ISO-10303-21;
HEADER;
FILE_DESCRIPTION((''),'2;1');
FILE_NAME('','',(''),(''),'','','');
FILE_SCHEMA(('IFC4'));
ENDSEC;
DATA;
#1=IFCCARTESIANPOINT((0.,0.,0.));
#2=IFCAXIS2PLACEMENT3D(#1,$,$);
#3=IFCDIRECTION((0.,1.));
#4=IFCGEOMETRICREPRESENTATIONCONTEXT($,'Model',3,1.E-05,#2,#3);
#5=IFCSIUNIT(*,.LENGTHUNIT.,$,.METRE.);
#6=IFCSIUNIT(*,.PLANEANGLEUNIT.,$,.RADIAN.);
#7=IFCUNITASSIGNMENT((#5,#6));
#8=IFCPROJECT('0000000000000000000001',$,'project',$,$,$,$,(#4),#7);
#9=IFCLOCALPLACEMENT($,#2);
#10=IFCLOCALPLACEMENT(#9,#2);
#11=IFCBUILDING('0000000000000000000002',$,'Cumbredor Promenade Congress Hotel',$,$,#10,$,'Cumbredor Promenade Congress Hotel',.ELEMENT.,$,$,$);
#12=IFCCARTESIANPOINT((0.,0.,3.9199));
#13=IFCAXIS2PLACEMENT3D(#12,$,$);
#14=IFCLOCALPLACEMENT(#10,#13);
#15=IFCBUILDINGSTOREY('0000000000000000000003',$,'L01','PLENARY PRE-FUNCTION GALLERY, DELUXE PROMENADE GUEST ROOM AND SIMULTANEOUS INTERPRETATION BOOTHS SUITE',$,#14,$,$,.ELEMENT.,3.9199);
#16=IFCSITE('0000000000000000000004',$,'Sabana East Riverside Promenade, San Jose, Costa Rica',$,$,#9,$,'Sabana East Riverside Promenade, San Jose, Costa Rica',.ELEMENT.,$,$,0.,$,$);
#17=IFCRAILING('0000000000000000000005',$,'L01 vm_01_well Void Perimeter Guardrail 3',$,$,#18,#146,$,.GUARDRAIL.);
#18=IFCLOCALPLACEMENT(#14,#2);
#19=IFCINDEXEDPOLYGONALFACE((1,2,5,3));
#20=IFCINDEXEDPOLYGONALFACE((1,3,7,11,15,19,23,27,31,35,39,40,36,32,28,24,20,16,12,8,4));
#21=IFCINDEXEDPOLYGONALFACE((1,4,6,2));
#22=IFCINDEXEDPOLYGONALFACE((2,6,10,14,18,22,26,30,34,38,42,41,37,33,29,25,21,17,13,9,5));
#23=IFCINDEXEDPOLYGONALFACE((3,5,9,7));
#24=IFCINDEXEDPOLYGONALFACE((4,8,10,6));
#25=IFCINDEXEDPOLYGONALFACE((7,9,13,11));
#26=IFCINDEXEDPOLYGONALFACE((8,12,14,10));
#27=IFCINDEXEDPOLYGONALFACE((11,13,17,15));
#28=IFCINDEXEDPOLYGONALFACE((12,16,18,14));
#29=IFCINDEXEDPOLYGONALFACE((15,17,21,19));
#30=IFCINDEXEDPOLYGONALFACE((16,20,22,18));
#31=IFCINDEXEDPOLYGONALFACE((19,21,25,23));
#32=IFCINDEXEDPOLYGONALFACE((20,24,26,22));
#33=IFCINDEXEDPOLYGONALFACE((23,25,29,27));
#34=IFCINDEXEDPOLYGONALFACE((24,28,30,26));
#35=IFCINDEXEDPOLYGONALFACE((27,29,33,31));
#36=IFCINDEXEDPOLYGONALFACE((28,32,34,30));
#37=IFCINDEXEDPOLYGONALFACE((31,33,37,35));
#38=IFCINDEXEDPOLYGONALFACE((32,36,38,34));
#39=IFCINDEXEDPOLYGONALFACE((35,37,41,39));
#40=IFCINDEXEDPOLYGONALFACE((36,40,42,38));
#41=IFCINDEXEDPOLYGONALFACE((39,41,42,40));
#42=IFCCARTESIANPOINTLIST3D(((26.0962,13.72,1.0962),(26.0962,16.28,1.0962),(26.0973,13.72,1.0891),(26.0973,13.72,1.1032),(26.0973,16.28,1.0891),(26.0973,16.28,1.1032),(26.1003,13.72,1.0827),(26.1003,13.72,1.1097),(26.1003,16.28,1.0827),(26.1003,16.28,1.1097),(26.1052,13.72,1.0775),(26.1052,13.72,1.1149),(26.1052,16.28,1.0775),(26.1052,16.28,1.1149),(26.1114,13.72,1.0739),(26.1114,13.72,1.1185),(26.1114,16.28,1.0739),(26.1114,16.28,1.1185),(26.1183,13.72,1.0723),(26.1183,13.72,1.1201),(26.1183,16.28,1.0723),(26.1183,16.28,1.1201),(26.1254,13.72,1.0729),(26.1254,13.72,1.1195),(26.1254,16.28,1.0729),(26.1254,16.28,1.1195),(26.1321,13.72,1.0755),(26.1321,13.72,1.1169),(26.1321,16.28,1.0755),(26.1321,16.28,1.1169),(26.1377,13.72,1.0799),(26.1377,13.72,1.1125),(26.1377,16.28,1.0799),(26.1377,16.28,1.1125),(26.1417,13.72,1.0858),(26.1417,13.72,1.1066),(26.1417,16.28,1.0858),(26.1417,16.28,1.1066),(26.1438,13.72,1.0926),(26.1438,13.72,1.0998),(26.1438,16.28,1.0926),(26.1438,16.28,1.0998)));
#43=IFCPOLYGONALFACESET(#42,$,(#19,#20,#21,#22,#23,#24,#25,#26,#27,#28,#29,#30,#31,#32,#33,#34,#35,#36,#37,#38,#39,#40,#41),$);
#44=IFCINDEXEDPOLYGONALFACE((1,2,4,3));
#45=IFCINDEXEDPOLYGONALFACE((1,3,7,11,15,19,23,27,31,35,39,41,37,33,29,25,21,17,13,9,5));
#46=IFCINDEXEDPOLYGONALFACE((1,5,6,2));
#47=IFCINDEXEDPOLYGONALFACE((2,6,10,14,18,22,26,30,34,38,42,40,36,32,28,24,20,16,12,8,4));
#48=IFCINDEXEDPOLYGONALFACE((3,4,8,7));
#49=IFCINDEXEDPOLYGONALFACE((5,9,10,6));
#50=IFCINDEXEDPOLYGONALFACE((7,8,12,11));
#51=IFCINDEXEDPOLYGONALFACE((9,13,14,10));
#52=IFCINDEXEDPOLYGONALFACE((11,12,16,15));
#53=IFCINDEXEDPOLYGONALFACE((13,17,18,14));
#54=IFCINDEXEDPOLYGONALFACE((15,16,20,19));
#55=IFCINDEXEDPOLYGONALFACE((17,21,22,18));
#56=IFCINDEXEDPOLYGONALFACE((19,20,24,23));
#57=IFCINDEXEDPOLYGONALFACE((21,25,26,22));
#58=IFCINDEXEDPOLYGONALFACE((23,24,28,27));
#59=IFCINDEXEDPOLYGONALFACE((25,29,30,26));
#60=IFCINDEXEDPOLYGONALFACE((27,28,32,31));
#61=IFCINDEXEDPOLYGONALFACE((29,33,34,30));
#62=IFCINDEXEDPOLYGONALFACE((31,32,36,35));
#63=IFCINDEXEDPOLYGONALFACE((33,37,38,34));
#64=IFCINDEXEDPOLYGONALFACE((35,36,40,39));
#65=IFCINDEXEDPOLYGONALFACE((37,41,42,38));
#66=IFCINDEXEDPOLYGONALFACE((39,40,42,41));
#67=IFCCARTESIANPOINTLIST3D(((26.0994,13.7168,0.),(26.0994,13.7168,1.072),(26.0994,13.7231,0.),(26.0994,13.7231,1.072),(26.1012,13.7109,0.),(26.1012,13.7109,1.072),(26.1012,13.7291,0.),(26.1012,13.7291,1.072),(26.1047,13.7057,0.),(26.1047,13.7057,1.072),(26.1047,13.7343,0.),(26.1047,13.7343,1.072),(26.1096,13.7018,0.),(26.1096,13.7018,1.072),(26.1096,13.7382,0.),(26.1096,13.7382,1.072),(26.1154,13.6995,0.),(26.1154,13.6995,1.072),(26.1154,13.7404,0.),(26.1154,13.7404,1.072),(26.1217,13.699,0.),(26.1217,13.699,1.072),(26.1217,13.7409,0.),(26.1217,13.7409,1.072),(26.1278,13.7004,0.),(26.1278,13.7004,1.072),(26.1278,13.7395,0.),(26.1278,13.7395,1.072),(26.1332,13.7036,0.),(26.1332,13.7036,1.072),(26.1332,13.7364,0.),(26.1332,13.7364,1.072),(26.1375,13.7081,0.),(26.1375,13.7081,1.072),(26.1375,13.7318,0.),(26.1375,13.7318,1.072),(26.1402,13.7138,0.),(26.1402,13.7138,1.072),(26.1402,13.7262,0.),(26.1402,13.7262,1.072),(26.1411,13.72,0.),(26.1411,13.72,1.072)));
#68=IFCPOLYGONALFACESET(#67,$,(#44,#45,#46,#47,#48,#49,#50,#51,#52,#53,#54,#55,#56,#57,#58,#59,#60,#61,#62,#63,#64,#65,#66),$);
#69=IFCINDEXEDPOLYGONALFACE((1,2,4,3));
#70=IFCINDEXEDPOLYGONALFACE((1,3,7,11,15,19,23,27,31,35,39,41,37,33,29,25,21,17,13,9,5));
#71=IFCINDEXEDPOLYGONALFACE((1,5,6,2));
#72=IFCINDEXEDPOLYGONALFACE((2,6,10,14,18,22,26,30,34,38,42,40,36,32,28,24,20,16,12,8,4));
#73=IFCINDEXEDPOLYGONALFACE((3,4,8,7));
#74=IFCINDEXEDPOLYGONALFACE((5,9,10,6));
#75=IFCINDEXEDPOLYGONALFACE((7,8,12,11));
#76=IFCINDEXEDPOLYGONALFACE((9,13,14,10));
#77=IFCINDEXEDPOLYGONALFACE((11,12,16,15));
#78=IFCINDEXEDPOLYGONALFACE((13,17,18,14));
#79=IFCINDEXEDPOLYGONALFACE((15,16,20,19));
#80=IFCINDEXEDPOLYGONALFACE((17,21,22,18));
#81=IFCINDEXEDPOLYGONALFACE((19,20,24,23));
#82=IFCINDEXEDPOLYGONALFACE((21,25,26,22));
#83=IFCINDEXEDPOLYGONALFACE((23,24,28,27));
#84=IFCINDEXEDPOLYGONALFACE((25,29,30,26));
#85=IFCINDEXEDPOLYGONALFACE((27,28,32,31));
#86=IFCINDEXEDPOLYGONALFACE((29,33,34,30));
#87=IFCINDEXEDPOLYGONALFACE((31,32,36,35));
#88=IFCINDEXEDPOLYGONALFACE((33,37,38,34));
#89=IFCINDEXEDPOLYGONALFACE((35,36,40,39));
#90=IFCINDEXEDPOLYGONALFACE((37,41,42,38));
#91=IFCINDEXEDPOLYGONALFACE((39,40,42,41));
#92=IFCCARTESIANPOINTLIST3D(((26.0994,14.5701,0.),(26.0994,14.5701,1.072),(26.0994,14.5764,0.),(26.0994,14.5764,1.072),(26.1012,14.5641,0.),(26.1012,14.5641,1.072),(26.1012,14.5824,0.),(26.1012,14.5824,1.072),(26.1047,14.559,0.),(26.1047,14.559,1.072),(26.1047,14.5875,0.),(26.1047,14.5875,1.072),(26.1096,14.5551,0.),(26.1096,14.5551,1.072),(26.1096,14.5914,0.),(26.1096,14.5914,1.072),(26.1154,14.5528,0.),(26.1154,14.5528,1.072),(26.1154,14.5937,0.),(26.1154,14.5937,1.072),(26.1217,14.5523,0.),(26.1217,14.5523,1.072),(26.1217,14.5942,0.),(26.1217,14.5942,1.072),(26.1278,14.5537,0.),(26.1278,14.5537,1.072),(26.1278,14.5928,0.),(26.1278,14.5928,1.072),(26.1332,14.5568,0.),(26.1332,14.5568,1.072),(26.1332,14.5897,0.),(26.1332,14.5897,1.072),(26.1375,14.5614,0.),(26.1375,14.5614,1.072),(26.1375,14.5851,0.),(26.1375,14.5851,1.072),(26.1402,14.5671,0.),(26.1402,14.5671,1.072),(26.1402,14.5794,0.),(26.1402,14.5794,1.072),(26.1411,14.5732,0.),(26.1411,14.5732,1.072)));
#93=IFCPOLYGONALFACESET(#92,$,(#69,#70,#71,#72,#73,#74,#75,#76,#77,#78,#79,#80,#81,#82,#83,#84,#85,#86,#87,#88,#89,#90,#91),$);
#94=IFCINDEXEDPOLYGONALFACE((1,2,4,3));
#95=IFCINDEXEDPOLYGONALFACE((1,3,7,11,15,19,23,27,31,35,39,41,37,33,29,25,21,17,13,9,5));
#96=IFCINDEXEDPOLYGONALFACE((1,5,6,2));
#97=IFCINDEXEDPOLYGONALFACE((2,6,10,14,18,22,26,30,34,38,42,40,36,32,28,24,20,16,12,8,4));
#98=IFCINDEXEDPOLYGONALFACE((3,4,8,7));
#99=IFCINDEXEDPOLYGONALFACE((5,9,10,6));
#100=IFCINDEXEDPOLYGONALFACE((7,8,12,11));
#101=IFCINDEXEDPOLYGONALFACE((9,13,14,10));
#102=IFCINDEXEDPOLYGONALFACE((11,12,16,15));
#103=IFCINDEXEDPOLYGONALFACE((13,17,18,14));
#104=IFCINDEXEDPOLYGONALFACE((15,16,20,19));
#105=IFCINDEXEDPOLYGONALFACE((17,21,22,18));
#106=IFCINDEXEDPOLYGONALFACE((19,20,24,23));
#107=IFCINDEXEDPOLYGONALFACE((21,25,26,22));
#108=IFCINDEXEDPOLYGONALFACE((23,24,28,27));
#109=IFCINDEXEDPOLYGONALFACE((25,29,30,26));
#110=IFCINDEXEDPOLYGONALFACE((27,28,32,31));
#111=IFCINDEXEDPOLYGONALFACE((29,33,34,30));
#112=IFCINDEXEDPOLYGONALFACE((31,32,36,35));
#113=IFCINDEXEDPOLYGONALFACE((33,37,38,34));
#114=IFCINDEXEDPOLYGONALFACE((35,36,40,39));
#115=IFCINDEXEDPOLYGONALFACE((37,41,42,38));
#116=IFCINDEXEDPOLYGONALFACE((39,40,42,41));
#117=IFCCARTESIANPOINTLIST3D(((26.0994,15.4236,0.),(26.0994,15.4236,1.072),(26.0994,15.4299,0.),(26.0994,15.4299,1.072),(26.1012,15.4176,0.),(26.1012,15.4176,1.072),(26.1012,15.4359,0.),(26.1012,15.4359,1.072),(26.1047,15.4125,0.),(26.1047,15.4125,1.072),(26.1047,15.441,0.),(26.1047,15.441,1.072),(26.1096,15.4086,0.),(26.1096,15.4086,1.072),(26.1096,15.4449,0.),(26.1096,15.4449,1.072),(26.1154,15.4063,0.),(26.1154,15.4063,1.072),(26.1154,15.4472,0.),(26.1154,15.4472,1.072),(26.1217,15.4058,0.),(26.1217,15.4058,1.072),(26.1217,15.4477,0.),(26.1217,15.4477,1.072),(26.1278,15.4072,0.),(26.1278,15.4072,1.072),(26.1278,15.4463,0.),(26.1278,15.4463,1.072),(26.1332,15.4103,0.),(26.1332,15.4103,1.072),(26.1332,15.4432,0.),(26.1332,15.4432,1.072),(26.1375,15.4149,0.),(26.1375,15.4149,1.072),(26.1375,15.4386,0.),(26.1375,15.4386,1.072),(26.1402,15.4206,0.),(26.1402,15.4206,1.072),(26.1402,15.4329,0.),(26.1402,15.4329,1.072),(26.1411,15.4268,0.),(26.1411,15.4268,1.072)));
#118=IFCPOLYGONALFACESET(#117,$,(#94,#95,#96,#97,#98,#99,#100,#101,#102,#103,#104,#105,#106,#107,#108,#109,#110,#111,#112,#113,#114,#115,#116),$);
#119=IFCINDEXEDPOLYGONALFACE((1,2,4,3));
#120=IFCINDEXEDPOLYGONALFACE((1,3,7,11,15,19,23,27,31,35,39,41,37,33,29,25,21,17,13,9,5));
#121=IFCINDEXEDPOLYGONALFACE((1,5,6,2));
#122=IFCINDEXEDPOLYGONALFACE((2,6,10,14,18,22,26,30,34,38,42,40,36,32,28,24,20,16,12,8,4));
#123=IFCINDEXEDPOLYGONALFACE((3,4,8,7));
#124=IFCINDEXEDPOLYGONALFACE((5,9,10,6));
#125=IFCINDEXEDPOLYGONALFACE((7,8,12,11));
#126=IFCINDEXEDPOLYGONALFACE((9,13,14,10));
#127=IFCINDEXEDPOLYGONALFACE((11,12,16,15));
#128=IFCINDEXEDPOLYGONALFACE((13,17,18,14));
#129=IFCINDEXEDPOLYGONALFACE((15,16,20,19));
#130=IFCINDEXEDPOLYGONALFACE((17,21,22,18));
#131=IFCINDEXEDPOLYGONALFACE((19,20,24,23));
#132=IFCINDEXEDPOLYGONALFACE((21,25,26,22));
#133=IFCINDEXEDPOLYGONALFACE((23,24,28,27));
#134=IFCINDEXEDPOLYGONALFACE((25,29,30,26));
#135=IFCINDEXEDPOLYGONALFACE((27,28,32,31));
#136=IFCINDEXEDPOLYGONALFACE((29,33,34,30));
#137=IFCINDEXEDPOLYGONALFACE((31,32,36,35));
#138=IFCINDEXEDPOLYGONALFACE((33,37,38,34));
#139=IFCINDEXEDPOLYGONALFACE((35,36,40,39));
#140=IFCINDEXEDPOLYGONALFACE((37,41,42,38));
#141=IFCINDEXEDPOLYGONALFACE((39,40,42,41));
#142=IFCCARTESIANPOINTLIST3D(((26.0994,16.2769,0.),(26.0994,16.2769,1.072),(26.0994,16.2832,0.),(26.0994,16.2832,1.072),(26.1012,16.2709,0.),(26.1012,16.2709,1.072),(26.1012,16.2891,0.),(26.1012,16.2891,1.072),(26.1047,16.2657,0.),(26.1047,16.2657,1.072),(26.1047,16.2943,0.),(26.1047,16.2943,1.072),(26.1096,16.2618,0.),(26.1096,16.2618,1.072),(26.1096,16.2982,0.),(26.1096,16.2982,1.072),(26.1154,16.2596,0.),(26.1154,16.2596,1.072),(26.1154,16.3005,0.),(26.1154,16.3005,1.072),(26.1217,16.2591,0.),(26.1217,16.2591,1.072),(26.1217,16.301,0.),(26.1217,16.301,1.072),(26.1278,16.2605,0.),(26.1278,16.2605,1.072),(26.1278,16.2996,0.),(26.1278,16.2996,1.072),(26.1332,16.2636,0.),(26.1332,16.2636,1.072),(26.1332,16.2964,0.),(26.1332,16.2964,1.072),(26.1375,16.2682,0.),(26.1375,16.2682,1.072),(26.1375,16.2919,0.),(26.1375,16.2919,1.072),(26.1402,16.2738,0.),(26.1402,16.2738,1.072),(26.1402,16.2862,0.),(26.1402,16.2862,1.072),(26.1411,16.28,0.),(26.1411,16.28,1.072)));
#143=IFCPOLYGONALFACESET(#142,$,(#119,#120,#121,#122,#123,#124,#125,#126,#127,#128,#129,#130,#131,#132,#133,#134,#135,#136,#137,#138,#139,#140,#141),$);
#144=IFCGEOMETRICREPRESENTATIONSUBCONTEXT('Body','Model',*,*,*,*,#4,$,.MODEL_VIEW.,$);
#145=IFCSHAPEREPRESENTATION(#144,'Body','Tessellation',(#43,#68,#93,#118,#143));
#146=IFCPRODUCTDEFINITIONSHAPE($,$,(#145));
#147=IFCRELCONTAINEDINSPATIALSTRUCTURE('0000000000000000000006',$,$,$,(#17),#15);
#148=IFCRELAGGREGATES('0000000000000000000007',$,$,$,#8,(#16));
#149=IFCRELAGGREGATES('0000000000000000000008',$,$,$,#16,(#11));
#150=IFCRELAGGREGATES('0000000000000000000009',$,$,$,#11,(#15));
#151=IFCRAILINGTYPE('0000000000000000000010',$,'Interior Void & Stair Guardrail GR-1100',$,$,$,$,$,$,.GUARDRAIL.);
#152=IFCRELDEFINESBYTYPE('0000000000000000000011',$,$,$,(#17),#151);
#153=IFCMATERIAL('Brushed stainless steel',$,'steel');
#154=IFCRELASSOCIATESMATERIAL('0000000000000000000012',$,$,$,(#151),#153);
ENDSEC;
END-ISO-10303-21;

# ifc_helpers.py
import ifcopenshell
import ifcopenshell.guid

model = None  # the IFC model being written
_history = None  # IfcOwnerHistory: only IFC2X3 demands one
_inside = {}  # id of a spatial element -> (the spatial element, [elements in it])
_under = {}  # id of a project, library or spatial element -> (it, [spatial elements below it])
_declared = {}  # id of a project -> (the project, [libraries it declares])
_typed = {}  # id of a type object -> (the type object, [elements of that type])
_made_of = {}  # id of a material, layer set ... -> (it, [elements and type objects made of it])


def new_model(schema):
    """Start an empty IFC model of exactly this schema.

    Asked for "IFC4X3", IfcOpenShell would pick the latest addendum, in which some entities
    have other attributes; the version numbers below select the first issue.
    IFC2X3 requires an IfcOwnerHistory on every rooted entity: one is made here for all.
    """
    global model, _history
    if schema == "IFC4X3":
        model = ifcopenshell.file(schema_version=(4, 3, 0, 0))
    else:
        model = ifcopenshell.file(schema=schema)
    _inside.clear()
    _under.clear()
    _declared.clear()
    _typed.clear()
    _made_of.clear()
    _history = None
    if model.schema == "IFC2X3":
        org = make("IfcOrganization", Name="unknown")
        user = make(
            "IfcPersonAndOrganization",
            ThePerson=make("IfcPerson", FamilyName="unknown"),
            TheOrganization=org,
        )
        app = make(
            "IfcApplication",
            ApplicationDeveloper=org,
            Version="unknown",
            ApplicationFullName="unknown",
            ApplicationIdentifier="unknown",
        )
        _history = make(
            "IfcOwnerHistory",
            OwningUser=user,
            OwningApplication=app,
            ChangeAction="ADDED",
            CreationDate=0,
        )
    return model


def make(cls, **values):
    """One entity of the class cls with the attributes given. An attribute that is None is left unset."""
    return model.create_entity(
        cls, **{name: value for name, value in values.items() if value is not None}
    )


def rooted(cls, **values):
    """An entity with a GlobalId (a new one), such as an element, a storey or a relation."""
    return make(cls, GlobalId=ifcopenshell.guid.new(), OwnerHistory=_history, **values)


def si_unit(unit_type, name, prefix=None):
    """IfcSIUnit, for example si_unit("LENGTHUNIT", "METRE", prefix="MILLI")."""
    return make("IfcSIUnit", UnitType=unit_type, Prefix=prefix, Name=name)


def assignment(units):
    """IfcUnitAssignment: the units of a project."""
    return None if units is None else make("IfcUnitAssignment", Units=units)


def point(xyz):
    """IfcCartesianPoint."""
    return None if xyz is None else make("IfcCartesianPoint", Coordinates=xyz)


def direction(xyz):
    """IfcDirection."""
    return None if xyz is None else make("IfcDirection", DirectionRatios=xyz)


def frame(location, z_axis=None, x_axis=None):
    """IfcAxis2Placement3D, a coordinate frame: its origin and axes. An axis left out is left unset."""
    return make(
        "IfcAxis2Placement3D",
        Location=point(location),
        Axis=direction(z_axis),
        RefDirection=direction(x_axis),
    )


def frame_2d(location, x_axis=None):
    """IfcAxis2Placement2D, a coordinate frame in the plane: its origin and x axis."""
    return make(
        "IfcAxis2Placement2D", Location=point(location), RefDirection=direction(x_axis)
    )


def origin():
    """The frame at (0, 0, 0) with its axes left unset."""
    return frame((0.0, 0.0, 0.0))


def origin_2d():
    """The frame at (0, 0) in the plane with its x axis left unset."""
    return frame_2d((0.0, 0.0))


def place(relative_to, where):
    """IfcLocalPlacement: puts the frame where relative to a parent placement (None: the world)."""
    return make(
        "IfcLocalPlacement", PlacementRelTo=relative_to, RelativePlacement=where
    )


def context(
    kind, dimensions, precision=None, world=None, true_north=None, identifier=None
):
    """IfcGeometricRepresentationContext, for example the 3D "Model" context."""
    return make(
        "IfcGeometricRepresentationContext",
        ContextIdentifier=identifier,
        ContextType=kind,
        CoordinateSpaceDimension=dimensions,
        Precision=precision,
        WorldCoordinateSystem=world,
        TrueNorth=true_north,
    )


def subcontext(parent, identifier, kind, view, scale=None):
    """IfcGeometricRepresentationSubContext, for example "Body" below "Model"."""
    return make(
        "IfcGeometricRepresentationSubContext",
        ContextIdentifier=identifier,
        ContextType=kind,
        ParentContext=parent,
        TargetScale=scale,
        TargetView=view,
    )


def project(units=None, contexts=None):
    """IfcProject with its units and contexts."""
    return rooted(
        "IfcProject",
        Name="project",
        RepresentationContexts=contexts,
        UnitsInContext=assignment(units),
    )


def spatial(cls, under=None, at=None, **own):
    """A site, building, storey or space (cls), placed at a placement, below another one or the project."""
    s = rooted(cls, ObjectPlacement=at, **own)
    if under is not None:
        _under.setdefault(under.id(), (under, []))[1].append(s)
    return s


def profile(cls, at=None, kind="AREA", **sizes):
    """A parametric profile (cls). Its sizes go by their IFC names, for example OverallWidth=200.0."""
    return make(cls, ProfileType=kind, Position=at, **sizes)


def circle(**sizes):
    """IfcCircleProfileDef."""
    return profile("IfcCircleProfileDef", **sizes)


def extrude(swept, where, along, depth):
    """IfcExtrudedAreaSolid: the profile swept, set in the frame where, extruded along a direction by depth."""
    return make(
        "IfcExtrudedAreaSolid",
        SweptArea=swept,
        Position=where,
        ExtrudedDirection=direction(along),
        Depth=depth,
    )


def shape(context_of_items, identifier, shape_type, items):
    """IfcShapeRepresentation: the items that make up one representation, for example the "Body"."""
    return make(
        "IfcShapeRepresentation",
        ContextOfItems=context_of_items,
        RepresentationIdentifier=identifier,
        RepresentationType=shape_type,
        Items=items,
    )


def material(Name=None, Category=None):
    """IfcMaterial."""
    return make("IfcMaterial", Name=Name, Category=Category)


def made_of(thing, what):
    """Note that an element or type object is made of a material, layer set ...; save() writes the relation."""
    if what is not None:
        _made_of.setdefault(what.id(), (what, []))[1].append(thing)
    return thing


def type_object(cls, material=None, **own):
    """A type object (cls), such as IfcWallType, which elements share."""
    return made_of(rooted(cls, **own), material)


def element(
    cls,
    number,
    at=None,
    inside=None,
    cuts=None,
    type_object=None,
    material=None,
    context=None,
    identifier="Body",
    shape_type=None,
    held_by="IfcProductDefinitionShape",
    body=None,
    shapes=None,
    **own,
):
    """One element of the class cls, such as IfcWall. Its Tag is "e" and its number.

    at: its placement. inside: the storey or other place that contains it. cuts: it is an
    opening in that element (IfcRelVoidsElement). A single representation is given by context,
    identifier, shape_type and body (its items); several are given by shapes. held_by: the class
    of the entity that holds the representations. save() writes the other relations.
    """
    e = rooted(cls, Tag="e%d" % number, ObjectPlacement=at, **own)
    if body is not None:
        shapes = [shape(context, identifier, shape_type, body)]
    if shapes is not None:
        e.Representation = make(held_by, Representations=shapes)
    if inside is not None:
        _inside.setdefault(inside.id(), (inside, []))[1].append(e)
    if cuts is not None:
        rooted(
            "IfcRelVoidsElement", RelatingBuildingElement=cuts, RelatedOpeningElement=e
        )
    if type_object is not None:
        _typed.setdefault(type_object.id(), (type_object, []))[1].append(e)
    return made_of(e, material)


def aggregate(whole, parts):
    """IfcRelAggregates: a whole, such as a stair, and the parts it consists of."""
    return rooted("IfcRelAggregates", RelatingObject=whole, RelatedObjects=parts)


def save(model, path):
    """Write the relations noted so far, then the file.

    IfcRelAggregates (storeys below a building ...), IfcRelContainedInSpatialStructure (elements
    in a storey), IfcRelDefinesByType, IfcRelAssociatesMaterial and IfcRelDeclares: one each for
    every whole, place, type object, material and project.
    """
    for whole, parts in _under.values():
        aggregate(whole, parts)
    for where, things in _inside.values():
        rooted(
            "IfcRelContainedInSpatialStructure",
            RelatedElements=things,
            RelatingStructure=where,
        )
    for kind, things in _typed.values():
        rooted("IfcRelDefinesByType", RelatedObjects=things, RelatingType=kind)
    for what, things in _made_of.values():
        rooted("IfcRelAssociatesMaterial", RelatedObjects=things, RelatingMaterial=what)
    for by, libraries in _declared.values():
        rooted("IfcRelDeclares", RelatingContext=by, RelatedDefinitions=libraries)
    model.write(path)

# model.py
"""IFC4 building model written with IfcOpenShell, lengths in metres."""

from ifc_helpers import new_model, si_unit, direction, frame, origin, origin_2d, place, context, subcontext, project, spatial, circle, extrude, material, type_object, element, save


model = new_model("IFC4")

# Units and contexts
model_context = context("Model", 3, precision=1e-05, world=origin(), true_north=direction((0.0, 1.0)))
body_context = subcontext(model_context, "Body", "Model", "MODEL_VIEW")
ifc_project = project(units=[si_unit("LENGTHUNIT", "METRE"), si_unit("PLANEANGLEUNIT", "RADIAN")], contexts=[model_context])

# Site, building, storey
site_placement = place(None, origin())
site = spatial("IfcSite", under=ifc_project, at=site_placement, Name="Sabana East Riverside Promenade, San Jose, Costa Rica", LongName="Sabana East Riverside Promenade, San Jose, Costa Rica", CompositionType="ELEMENT", RefElevation=0.0)
building_placement = place(site_placement, origin())
building = spatial("IfcBuilding", under=site, at=building_placement, Name="Cumbredor Promenade Congress Hotel", LongName="Cumbredor Promenade Congress Hotel", CompositionType="ELEMENT")
storey_placement = place(building_placement, frame((0.0, 0.0, 3.9199)))
storey = spatial("IfcBuildingStorey", under=building, at=storey_placement, Name="L01", Description="PLENARY PRE-FUNCTION GALLERY, DELUXE PROMENADE GUEST ROOM AND SIMULTANEOUS INTERPRETATION BOOTHS SUITE", CompositionType="ELEMENT", Elevation=3.9199)

# Shared definitions
ifc_material_1 = material(Name="Brushed stainless steel", Category="steel")

# Railing
railing_type_1 = type_object("IfcRailingType", Name="Interior Void & Stair Guardrail GR-1100", PredefinedType="GUARDRAIL", material=ifc_material_1)
railing_1_placement = place(storey_placement, frame((26.1201, 13.72, 0.0)))
element("IfcRailing", 1, at=railing_1_placement, inside=storey, type_object=railing_type_1, Name="L01 vm_01_well Void Perimeter Guardrail 3", PredefinedType="GUARDRAIL", context=body_context, shape_type="SweptSolid", body=[
    extrude(circle(Radius=0.0239, at=origin_2d()), frame((0.0, 0.0, 1.0962), z_axis=(0.0, 1.0, 0.0), x_axis=(-1.0, 0.0, 0.0)), (0.0, 0.0, 1.0), 2.5601),
    extrude(circle(Radius=0.021, at=origin_2d()), origin(), (0.0, 0.0, 1.0), 1.072),
    extrude(circle(Radius=0.021, at=origin_2d()), frame((0.0, 0.8533, 0.0)), (0.0, 0.0, 1.0), 1.072),
    extrude(circle(Radius=0.021, at=origin_2d()), frame((0.0, 1.7068, 0.0)), (0.0, 0.0, 1.0), 1.072),
    extrude(circle(Radius=0.021, at=origin_2d()), frame((0.0, 2.5601, 0.0)), (0.0, 0.0, 1.0), 1.072),
])

save(model, "model.ifc")
